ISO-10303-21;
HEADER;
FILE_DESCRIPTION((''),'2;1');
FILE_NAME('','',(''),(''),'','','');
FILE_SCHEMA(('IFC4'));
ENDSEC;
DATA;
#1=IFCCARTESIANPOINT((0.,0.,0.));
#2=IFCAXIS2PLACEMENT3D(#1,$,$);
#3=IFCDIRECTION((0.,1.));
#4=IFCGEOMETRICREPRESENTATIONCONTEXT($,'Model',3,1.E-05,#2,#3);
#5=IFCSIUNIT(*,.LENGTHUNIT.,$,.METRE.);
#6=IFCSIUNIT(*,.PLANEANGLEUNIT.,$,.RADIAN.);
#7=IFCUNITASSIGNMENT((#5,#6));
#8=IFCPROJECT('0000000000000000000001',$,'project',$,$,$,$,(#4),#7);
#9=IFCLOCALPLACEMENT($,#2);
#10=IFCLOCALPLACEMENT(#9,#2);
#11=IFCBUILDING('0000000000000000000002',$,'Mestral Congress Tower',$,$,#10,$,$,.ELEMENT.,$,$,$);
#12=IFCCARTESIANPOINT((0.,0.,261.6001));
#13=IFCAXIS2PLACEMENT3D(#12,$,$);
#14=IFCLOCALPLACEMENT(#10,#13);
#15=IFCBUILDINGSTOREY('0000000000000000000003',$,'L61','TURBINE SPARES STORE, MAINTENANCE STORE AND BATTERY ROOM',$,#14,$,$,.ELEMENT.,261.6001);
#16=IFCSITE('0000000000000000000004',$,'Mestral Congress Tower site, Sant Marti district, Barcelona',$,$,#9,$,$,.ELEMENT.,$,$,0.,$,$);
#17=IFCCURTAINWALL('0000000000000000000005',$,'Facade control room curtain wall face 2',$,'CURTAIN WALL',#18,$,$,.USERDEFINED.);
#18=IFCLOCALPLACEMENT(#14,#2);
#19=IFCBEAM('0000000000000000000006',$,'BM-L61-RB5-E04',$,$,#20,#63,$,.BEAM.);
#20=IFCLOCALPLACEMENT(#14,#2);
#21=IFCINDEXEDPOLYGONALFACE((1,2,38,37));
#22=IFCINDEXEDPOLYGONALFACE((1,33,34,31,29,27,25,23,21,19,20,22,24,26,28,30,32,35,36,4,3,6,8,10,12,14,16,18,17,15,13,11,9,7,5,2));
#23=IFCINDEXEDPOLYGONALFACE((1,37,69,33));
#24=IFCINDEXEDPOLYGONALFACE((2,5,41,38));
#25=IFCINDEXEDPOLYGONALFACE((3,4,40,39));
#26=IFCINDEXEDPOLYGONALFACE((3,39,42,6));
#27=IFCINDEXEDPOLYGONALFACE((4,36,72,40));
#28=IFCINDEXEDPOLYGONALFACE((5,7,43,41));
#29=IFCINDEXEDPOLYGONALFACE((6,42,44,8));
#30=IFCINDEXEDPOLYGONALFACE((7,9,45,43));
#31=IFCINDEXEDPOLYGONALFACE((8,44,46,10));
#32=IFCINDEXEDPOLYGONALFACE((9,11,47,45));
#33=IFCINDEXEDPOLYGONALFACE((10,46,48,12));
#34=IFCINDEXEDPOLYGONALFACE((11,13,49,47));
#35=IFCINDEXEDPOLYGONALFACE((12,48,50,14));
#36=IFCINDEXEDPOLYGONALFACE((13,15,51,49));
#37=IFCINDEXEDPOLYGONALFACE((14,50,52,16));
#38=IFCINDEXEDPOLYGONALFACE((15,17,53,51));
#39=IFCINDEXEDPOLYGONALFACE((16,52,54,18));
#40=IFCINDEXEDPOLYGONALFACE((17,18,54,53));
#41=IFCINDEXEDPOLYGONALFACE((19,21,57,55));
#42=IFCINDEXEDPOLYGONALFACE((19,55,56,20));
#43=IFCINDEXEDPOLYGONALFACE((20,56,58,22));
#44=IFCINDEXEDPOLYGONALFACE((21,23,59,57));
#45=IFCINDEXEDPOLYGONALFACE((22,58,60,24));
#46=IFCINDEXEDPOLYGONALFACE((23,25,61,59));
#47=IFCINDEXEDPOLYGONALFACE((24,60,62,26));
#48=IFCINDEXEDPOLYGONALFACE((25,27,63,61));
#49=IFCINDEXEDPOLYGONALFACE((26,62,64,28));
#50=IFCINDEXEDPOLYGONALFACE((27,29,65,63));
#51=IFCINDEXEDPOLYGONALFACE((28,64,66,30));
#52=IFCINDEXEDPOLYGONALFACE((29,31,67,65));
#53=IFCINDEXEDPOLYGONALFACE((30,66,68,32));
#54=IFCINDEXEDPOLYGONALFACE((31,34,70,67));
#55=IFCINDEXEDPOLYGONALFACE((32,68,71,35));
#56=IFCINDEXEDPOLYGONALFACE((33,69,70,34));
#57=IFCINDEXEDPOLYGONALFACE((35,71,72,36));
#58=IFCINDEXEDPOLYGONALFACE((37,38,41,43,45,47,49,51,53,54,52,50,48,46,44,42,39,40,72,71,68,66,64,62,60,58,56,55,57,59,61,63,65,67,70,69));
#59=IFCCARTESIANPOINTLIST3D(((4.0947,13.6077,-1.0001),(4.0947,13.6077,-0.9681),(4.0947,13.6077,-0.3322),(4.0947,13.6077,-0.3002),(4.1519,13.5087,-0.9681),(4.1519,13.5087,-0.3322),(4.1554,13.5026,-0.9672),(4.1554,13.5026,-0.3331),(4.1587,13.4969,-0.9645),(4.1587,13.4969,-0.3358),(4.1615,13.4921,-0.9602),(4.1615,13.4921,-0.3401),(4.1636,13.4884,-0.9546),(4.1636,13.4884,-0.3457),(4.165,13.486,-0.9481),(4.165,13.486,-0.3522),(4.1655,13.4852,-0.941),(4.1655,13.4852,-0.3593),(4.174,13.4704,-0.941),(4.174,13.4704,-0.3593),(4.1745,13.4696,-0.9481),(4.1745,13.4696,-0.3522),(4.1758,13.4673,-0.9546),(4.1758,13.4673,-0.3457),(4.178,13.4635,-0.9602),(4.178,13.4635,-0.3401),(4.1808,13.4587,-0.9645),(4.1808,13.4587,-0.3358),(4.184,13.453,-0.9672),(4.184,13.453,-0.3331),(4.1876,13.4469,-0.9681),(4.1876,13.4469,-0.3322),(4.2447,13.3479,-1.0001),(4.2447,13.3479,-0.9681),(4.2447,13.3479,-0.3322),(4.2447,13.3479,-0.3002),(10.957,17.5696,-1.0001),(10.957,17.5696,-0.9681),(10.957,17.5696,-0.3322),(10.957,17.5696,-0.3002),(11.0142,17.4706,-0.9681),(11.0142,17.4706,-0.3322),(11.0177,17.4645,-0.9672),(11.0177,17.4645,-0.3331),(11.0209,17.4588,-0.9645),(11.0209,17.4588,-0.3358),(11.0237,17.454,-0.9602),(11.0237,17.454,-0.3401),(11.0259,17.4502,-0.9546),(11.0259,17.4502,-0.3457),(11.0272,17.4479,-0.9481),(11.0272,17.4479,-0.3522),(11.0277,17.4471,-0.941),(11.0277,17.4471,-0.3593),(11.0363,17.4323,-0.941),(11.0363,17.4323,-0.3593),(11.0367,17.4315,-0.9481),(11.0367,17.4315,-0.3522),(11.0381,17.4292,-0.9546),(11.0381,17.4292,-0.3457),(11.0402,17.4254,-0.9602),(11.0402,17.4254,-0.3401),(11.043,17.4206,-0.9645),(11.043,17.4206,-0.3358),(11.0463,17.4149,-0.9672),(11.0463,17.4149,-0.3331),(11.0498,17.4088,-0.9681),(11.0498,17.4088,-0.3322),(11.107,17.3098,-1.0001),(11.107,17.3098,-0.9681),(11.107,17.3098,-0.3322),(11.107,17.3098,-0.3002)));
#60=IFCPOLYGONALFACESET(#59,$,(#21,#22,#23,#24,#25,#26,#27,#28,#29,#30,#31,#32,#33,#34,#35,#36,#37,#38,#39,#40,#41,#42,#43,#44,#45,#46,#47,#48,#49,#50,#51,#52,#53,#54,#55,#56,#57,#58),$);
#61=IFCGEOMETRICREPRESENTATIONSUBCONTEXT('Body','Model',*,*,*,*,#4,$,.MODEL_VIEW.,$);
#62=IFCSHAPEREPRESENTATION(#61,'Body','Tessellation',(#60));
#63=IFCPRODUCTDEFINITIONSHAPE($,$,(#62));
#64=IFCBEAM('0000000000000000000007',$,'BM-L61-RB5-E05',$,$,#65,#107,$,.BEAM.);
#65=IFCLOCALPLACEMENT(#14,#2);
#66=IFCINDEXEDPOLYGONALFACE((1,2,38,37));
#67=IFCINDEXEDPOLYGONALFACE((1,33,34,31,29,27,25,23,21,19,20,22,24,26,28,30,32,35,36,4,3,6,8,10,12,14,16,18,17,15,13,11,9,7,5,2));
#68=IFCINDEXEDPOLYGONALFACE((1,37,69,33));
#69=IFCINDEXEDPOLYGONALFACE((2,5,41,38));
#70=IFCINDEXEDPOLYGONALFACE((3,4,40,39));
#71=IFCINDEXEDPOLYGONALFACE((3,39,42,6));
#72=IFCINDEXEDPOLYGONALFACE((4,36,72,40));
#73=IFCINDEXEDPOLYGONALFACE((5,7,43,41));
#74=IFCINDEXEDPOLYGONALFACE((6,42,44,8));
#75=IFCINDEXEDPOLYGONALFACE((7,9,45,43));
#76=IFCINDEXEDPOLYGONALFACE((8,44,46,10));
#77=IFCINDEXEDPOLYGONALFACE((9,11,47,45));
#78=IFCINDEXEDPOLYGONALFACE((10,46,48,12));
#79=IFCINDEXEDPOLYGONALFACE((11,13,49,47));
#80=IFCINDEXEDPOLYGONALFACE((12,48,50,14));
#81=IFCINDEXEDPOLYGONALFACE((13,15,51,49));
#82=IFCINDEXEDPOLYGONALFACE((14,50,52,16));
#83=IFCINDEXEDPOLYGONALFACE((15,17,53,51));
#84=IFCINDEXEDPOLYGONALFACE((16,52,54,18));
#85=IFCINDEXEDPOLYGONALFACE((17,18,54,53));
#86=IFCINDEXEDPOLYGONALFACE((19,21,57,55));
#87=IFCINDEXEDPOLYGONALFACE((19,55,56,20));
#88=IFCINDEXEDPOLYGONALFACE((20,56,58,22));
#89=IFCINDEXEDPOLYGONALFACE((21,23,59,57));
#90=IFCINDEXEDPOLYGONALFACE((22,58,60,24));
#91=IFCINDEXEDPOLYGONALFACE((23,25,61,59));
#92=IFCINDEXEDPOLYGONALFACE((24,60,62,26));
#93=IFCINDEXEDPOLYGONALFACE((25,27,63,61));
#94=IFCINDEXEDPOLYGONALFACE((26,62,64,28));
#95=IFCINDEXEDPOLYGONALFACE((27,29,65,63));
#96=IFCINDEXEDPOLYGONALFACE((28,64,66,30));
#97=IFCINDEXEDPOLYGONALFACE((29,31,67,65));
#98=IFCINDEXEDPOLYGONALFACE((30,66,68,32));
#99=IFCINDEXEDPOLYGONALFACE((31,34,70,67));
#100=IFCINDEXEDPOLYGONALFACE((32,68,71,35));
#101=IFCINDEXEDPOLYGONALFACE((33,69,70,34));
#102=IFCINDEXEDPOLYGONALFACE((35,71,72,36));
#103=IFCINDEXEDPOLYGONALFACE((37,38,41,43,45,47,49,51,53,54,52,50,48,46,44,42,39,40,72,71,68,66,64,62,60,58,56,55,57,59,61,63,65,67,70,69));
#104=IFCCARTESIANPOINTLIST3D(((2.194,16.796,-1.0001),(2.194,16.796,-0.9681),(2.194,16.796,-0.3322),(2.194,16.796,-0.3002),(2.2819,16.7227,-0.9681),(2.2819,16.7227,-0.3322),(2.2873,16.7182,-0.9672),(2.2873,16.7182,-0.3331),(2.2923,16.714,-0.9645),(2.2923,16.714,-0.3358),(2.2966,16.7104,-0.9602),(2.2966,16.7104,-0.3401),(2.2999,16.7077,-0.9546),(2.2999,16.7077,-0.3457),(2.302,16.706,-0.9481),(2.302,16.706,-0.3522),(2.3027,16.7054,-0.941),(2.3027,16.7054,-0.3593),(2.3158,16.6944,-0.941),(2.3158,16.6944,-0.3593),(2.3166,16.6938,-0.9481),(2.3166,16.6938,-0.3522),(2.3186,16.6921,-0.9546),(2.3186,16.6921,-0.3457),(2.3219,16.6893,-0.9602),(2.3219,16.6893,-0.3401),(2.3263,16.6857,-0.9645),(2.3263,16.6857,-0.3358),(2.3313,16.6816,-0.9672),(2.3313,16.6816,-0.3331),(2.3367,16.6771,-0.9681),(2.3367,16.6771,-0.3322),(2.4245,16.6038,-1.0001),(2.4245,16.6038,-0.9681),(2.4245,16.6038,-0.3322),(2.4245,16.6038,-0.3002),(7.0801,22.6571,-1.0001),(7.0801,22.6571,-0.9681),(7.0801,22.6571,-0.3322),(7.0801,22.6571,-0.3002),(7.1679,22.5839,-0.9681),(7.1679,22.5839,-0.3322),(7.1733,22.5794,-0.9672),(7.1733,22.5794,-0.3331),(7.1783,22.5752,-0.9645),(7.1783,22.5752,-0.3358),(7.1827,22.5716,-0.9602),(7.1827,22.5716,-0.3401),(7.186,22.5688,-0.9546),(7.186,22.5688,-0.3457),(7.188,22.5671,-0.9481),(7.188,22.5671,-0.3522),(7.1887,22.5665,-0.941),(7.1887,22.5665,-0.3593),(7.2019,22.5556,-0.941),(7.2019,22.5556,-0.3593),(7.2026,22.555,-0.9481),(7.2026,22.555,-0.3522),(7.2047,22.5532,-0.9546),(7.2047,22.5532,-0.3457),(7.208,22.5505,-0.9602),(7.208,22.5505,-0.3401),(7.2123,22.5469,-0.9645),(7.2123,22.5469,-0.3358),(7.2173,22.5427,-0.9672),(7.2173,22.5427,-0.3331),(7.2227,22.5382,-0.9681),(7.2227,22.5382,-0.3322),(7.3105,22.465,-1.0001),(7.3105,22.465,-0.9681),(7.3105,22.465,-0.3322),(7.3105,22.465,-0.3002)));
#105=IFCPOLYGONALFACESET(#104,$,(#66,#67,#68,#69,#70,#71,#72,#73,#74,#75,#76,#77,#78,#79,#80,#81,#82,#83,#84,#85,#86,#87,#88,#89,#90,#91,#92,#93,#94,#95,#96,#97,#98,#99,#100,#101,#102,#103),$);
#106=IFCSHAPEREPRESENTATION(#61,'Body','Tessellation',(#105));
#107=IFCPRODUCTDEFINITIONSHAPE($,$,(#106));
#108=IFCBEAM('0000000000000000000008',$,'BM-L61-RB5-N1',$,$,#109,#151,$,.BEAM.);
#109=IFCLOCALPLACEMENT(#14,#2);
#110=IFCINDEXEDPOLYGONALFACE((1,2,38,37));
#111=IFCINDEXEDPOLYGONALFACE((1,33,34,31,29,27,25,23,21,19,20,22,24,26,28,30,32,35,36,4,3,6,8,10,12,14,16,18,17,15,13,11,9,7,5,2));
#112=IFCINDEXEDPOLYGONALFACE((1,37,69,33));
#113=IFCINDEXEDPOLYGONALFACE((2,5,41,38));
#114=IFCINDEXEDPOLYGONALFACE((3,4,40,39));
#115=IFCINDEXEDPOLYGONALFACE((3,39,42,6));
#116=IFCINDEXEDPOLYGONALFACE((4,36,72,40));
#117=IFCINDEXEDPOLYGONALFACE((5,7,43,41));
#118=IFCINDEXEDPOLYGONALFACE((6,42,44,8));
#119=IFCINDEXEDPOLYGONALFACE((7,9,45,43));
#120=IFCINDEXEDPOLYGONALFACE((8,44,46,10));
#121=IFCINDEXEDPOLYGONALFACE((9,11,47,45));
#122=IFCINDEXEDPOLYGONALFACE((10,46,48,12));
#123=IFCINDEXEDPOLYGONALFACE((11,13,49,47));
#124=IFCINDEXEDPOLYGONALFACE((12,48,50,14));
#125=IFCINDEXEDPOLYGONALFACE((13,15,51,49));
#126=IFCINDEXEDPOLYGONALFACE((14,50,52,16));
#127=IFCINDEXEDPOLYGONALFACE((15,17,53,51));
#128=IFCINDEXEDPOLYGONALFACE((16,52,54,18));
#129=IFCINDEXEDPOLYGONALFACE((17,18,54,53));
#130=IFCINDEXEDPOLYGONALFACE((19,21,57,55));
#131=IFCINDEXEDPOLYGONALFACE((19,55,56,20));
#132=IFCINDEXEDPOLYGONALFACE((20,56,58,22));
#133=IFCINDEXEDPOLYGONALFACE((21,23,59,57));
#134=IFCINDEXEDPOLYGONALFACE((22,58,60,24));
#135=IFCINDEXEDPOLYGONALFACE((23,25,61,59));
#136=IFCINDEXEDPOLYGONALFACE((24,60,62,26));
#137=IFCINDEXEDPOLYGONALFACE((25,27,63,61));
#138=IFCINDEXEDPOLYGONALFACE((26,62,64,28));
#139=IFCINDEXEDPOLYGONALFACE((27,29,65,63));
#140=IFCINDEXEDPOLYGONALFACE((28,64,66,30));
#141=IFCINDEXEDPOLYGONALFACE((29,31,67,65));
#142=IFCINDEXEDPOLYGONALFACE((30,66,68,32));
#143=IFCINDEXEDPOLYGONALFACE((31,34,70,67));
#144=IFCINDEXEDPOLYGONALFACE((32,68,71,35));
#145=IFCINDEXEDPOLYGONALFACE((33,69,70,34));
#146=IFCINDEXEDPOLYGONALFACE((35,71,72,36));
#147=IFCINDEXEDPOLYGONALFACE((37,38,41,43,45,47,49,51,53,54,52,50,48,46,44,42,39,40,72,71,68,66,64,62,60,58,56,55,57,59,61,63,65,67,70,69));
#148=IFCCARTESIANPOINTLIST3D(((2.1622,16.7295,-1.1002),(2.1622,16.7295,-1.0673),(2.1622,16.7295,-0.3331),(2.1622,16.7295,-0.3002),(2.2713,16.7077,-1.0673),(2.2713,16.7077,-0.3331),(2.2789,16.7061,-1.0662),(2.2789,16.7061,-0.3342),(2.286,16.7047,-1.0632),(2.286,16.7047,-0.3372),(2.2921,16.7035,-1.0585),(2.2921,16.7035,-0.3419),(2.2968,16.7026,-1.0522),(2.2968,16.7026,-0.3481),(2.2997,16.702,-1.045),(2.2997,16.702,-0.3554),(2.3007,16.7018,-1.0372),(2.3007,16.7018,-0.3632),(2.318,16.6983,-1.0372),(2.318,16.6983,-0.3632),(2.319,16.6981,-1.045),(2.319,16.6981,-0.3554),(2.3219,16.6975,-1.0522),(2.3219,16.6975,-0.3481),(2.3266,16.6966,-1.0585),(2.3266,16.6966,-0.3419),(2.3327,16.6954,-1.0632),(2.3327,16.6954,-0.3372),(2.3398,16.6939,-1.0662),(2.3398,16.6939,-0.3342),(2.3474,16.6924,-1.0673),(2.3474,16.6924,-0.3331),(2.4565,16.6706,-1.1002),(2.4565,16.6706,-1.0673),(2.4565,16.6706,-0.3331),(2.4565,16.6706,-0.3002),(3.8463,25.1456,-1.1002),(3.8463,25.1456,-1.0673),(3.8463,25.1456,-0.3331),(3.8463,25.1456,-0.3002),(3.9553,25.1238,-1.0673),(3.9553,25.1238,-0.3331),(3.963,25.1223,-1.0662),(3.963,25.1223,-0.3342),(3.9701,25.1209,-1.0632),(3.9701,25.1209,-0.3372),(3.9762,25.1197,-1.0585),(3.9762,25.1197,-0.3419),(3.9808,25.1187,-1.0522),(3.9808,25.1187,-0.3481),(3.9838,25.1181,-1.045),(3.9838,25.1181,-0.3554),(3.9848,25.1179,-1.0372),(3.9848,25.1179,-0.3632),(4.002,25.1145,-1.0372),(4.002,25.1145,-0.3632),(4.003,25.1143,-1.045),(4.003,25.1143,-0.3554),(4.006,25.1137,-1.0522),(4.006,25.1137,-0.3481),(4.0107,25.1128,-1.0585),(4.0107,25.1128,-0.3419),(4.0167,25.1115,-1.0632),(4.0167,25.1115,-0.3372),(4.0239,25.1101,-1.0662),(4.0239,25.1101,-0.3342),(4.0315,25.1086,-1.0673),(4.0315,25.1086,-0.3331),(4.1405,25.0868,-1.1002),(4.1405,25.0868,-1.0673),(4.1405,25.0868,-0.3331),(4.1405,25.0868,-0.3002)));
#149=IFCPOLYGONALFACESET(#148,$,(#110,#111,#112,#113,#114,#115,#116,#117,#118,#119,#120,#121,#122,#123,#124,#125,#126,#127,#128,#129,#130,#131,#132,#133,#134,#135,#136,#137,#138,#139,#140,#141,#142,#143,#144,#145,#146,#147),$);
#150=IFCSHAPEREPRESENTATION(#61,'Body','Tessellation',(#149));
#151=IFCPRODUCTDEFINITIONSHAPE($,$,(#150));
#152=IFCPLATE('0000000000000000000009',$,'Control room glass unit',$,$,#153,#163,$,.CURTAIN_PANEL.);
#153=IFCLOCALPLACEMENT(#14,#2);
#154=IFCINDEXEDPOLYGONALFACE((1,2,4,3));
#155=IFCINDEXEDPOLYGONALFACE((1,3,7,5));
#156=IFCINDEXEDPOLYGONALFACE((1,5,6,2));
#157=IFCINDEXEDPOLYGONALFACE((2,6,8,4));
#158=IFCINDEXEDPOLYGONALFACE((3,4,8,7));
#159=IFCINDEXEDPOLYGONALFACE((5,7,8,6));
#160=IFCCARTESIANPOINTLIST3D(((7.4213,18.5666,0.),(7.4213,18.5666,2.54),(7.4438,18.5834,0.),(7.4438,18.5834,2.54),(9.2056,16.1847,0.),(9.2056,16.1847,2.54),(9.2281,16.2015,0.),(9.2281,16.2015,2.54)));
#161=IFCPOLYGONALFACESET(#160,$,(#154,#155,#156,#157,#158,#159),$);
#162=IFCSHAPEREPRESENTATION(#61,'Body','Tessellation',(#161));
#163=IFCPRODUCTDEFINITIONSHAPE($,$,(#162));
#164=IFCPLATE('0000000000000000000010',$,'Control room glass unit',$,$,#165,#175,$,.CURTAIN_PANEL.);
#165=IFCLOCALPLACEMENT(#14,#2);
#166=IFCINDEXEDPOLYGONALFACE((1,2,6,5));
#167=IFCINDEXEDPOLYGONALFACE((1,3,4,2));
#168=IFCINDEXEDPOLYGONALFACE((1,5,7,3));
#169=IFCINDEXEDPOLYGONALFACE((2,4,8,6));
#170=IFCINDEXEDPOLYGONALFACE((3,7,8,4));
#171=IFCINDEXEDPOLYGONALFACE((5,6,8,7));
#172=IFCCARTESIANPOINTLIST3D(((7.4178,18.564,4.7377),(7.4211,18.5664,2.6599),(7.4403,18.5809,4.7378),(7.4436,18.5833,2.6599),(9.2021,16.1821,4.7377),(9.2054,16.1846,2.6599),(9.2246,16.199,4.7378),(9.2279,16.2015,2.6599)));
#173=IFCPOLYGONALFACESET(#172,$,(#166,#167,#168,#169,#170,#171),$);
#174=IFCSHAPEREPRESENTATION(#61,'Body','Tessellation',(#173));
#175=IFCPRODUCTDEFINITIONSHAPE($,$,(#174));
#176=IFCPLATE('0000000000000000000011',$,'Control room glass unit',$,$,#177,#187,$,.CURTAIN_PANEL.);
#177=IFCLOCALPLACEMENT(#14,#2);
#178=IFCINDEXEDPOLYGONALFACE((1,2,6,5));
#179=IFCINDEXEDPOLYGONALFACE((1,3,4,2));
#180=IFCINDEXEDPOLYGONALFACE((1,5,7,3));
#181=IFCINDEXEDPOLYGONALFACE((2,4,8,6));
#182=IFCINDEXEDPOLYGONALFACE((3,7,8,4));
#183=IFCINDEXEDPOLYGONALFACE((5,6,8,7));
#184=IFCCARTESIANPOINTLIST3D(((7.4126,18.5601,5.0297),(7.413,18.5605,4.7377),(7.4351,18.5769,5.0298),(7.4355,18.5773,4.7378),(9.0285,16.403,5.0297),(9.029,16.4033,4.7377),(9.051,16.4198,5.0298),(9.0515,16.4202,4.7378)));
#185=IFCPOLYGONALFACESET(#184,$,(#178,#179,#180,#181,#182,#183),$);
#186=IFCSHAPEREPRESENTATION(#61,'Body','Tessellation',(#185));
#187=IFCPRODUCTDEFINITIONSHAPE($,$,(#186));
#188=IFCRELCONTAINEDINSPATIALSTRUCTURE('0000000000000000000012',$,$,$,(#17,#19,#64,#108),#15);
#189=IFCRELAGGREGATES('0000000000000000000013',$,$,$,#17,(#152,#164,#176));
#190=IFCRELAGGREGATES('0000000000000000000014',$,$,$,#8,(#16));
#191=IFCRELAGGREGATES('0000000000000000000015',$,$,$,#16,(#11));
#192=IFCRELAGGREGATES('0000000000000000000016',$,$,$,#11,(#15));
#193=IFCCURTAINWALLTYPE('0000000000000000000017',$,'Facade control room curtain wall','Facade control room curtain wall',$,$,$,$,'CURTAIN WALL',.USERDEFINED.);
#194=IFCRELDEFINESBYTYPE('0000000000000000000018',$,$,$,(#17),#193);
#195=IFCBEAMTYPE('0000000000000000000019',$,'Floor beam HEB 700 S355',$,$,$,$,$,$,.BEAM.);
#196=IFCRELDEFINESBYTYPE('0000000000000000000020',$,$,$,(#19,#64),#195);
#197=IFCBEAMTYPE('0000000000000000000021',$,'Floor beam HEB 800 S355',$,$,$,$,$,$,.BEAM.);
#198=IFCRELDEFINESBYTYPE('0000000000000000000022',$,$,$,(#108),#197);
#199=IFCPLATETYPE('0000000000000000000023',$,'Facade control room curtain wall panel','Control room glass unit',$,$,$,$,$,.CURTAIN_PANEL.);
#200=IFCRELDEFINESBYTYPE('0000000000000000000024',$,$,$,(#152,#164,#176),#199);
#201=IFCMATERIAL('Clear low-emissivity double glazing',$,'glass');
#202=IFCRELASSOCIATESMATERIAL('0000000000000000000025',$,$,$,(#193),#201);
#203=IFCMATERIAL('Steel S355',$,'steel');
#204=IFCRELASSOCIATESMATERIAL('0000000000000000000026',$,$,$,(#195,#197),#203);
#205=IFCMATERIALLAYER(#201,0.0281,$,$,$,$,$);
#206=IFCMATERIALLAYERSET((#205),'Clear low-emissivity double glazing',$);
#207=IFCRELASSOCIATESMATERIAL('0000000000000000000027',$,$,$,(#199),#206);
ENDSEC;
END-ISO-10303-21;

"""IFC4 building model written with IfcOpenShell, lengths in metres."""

from ifc_helpers import new_model, si_unit, direction, frame, origin, origin_2d, place, context, subcontext, project, spatial, polyline, rectangle, i_section, outline, extrude, material, layer, layer_set, material_profile, profile_set, type_object, element, aggregate, save


model = new_model("IFC4")

# Units and contexts
model_context = context("Model", 3, precision=1e-05, world=origin(), true_north=direction((0.0, 1.0)))
body_context = subcontext(model_context, "Body", "Model", "MODEL_VIEW")
ifc_project = project(units=[si_unit("LENGTHUNIT", "METRE"), si_unit("PLANEANGLEUNIT", "RADIAN")], contexts=[model_context])

# Site, building, storey
site_placement = place(None, origin())
site = spatial("IfcSite", under=ifc_project, at=site_placement, Name="Mestral Congress Tower site, Sant Marti district, Barcelona", CompositionType="ELEMENT", RefElevation=0.0)
building_placement = place(site_placement, origin())
building = spatial("IfcBuilding", under=site, at=building_placement, Name="Mestral Congress Tower", CompositionType="ELEMENT")
storey_placement = place(building_placement, frame((0.0, 0.0, 261.6001)))
storey = spatial("IfcBuildingStorey", under=building, at=storey_placement, Name="L61", Description="TURBINE SPARES STORE, MAINTENANCE STORE AND BATTERY ROOM", CompositionType="ELEMENT", Elevation=261.6001)

# Curtain wall
ifc_material_1 = material(Name="Clear low-emissivity double glazing", Category="glass")
curtain_wall_type = type_object("IfcCurtainWallType", Name="Facade control room curtain wall", Description="Facade control room curtain wall", ElementType="CURTAIN WALL", PredefinedType="USERDEFINED", material=ifc_material_1)
placement = place(storey_placement, origin())
curtain_wall_1 = element("IfcCurtainWall", 1, at=placement, inside=storey, type_object=curtain_wall_type, Name="Facade control room curtain wall face 2", ObjectType="CURTAIN WALL", PredefinedType="USERDEFINED")

# Beams
ifc_material_2 = material(Name="Steel S355", Category="steel")
ifc_material_profile_1 = material_profile(ifc_material_2, i_section(OverallWidth=0.3, OverallDepth=0.7, WebThickness=0.0171, FlangeThickness=0.032, FilletRadius=0.0271, at=origin_2d()), Name="HEB 700")
ifc_profile_set_1 = profile_set([ifc_material_profile_1], Name="Steel S355")
beam_type_1 = type_object("IfcBeamType", Name="Floor beam HEB 700 S355", PredefinedType="BEAM", material=ifc_profile_set_1)
beam_1_placement = place(storey_placement, frame((11.032, 17.4397, -0.6501), z_axis=(-0.866028, -0.499996, 0.0), x_axis=(0.499996, -0.866028, 0.0)))
element("IfcBeam", 2, at=beam_1_placement, inside=storey, type_object=beam_type_1, Name="BM-L61-RB5-E04", PredefinedType="BEAM", context=body_context, shape_type="SweptSolid", body=[
    extrude(i_section(OverallWidth=0.3, OverallDepth=0.7, WebThickness=0.0171, FlangeThickness=0.032, FilletRadius=0.0271, at=origin_2d()), origin(), (0.0, 0.0, 1.0), 7.9238),
])
beam_2_placement = place(storey_placement, frame((7.1953, 22.561, -0.6501), z_axis=(-0.64032, -0.768108, 0.0), x_axis=(0.768108, -0.64032, 0.0)))
element("IfcBeam", 3, at=beam_2_placement, inside=storey, type_object=beam_type_1, Name="BM-L61-RB5-E05", PredefinedType="BEAM", context=body_context, shape_type="SweptSolid", body=[
    extrude(i_section(OverallWidth=0.3, OverallDepth=0.7, WebThickness=0.0171, FlangeThickness=0.032, FilletRadius=0.0271, at=origin_2d()), origin(), (0.0, 0.0, 1.0), 7.6306),
])
ifc_material_profile_2 = material_profile(ifc_material_2, i_section(OverallWidth=0.3, OverallDepth=0.8, WebThickness=0.0176, FlangeThickness=0.033, FilletRadius=0.03, at=origin_2d()), Name="HEB 800")
ifc_profile_set_2 = profile_set([ifc_material_profile_2], Name="Steel S355")
beam_type_2 = type_object("IfcBeamType", Name="Floor beam HEB 800 S355", PredefinedType="BEAM", material=ifc_profile_set_2)
beam_3_placement = place(storey_placement, frame((3.9934, 25.1162, -0.7002), z_axis=(-0.196209, -0.980562, 0.0), x_axis=(0.980562, -0.196209, 0.0)))
element("IfcBeam", 4, at=beam_3_placement, inside=storey, type_object=beam_type_2, Name="BM-L61-RB5-N1", PredefinedType="BEAM", context=body_context, shape_type="SweptSolid", body=[
    extrude(i_section(OverallWidth=0.3, OverallDepth=0.8, WebThickness=0.0176, FlangeThickness=0.033, FilletRadius=0.03, at=origin_2d()), origin(), (0.0, 0.0, 1.0), 8.583),
])

# Plates
ifc_layer_1 = layer(ifc_material_1, 0.0281)
ifc_layer_set_1 = layer_set([ifc_layer_1], Name="Clear low-emissivity double glazing")
plate_type = type_object("IfcPlateType", Name="Facade control room curtain wall panel", Description="Control room glass unit", PredefinedType="CURTAIN_PANEL", material=ifc_layer_set_1)
plate_1_placement = place(storey_placement, frame((8.3247, 17.384, 0.0), z_axis=(0.0, 0.0, 1.0), x_axis=(-0.599541, 0.800344, 0.0)))
plate_1 = element("IfcPlate", 5, at=plate_1_placement, type_object=plate_type, Name="Control room glass unit", PredefinedType="CURTAIN_PANEL", context=body_context, shape_type="SweptSolid", body=[
    extrude(rectangle(XDim=2.9761, YDim=0.0281, at=origin_2d()), origin(), (0.0, 0.0, 1.0), 2.54),
])
plate_2_placement = place(storey_placement, frame((7.4436, 18.5833, 2.6599), z_axis=(0.800333, 0.599552, 0.001974), x_axis=(0.599554, -0.800335, 0.0)))
plate_2 = element("IfcPlate", 6, at=plate_2_placement, type_object=plate_type, Name="Control room glass unit", PredefinedType="CURTAIN_PANEL", context=body_context, shape_type="SweptSolid", body=[
    extrude(outline(polyline([(0.0, 0.0), (2.976, 0.0), (2.976, -2.0779), (-0.0001, -2.0779), (0.0, 0.0)])), origin(), (0.0, 0.0, -1.0), 0.0281),
])
plate_3_placement = place(storey_placement, frame((7.4351, 18.5769, 5.0298), z_axis=(0.80033, 0.599557, 0.00209), x_axis=(0.001572, 0.001388, -0.999998)))
plate_3 = element("IfcPlate", 7, at=plate_3_placement, type_object=plate_type, Name="Control room glass unit", PredefinedType="CURTAIN_PANEL", context=body_context, shape_type="SweptSolid", body=[
    extrude(outline(polyline([(0.0, 0.0), (0.292, 0.0), (0.2915, -2.6953), (-0.0005, -2.6952), (0.0, 0.0)])), origin(), (0.0, 0.0, -1.0), 0.0281),
])
aggregate(curtain_wall_1, [plate_1, plate_2, plate_3])

save(model, "model.ifc")
